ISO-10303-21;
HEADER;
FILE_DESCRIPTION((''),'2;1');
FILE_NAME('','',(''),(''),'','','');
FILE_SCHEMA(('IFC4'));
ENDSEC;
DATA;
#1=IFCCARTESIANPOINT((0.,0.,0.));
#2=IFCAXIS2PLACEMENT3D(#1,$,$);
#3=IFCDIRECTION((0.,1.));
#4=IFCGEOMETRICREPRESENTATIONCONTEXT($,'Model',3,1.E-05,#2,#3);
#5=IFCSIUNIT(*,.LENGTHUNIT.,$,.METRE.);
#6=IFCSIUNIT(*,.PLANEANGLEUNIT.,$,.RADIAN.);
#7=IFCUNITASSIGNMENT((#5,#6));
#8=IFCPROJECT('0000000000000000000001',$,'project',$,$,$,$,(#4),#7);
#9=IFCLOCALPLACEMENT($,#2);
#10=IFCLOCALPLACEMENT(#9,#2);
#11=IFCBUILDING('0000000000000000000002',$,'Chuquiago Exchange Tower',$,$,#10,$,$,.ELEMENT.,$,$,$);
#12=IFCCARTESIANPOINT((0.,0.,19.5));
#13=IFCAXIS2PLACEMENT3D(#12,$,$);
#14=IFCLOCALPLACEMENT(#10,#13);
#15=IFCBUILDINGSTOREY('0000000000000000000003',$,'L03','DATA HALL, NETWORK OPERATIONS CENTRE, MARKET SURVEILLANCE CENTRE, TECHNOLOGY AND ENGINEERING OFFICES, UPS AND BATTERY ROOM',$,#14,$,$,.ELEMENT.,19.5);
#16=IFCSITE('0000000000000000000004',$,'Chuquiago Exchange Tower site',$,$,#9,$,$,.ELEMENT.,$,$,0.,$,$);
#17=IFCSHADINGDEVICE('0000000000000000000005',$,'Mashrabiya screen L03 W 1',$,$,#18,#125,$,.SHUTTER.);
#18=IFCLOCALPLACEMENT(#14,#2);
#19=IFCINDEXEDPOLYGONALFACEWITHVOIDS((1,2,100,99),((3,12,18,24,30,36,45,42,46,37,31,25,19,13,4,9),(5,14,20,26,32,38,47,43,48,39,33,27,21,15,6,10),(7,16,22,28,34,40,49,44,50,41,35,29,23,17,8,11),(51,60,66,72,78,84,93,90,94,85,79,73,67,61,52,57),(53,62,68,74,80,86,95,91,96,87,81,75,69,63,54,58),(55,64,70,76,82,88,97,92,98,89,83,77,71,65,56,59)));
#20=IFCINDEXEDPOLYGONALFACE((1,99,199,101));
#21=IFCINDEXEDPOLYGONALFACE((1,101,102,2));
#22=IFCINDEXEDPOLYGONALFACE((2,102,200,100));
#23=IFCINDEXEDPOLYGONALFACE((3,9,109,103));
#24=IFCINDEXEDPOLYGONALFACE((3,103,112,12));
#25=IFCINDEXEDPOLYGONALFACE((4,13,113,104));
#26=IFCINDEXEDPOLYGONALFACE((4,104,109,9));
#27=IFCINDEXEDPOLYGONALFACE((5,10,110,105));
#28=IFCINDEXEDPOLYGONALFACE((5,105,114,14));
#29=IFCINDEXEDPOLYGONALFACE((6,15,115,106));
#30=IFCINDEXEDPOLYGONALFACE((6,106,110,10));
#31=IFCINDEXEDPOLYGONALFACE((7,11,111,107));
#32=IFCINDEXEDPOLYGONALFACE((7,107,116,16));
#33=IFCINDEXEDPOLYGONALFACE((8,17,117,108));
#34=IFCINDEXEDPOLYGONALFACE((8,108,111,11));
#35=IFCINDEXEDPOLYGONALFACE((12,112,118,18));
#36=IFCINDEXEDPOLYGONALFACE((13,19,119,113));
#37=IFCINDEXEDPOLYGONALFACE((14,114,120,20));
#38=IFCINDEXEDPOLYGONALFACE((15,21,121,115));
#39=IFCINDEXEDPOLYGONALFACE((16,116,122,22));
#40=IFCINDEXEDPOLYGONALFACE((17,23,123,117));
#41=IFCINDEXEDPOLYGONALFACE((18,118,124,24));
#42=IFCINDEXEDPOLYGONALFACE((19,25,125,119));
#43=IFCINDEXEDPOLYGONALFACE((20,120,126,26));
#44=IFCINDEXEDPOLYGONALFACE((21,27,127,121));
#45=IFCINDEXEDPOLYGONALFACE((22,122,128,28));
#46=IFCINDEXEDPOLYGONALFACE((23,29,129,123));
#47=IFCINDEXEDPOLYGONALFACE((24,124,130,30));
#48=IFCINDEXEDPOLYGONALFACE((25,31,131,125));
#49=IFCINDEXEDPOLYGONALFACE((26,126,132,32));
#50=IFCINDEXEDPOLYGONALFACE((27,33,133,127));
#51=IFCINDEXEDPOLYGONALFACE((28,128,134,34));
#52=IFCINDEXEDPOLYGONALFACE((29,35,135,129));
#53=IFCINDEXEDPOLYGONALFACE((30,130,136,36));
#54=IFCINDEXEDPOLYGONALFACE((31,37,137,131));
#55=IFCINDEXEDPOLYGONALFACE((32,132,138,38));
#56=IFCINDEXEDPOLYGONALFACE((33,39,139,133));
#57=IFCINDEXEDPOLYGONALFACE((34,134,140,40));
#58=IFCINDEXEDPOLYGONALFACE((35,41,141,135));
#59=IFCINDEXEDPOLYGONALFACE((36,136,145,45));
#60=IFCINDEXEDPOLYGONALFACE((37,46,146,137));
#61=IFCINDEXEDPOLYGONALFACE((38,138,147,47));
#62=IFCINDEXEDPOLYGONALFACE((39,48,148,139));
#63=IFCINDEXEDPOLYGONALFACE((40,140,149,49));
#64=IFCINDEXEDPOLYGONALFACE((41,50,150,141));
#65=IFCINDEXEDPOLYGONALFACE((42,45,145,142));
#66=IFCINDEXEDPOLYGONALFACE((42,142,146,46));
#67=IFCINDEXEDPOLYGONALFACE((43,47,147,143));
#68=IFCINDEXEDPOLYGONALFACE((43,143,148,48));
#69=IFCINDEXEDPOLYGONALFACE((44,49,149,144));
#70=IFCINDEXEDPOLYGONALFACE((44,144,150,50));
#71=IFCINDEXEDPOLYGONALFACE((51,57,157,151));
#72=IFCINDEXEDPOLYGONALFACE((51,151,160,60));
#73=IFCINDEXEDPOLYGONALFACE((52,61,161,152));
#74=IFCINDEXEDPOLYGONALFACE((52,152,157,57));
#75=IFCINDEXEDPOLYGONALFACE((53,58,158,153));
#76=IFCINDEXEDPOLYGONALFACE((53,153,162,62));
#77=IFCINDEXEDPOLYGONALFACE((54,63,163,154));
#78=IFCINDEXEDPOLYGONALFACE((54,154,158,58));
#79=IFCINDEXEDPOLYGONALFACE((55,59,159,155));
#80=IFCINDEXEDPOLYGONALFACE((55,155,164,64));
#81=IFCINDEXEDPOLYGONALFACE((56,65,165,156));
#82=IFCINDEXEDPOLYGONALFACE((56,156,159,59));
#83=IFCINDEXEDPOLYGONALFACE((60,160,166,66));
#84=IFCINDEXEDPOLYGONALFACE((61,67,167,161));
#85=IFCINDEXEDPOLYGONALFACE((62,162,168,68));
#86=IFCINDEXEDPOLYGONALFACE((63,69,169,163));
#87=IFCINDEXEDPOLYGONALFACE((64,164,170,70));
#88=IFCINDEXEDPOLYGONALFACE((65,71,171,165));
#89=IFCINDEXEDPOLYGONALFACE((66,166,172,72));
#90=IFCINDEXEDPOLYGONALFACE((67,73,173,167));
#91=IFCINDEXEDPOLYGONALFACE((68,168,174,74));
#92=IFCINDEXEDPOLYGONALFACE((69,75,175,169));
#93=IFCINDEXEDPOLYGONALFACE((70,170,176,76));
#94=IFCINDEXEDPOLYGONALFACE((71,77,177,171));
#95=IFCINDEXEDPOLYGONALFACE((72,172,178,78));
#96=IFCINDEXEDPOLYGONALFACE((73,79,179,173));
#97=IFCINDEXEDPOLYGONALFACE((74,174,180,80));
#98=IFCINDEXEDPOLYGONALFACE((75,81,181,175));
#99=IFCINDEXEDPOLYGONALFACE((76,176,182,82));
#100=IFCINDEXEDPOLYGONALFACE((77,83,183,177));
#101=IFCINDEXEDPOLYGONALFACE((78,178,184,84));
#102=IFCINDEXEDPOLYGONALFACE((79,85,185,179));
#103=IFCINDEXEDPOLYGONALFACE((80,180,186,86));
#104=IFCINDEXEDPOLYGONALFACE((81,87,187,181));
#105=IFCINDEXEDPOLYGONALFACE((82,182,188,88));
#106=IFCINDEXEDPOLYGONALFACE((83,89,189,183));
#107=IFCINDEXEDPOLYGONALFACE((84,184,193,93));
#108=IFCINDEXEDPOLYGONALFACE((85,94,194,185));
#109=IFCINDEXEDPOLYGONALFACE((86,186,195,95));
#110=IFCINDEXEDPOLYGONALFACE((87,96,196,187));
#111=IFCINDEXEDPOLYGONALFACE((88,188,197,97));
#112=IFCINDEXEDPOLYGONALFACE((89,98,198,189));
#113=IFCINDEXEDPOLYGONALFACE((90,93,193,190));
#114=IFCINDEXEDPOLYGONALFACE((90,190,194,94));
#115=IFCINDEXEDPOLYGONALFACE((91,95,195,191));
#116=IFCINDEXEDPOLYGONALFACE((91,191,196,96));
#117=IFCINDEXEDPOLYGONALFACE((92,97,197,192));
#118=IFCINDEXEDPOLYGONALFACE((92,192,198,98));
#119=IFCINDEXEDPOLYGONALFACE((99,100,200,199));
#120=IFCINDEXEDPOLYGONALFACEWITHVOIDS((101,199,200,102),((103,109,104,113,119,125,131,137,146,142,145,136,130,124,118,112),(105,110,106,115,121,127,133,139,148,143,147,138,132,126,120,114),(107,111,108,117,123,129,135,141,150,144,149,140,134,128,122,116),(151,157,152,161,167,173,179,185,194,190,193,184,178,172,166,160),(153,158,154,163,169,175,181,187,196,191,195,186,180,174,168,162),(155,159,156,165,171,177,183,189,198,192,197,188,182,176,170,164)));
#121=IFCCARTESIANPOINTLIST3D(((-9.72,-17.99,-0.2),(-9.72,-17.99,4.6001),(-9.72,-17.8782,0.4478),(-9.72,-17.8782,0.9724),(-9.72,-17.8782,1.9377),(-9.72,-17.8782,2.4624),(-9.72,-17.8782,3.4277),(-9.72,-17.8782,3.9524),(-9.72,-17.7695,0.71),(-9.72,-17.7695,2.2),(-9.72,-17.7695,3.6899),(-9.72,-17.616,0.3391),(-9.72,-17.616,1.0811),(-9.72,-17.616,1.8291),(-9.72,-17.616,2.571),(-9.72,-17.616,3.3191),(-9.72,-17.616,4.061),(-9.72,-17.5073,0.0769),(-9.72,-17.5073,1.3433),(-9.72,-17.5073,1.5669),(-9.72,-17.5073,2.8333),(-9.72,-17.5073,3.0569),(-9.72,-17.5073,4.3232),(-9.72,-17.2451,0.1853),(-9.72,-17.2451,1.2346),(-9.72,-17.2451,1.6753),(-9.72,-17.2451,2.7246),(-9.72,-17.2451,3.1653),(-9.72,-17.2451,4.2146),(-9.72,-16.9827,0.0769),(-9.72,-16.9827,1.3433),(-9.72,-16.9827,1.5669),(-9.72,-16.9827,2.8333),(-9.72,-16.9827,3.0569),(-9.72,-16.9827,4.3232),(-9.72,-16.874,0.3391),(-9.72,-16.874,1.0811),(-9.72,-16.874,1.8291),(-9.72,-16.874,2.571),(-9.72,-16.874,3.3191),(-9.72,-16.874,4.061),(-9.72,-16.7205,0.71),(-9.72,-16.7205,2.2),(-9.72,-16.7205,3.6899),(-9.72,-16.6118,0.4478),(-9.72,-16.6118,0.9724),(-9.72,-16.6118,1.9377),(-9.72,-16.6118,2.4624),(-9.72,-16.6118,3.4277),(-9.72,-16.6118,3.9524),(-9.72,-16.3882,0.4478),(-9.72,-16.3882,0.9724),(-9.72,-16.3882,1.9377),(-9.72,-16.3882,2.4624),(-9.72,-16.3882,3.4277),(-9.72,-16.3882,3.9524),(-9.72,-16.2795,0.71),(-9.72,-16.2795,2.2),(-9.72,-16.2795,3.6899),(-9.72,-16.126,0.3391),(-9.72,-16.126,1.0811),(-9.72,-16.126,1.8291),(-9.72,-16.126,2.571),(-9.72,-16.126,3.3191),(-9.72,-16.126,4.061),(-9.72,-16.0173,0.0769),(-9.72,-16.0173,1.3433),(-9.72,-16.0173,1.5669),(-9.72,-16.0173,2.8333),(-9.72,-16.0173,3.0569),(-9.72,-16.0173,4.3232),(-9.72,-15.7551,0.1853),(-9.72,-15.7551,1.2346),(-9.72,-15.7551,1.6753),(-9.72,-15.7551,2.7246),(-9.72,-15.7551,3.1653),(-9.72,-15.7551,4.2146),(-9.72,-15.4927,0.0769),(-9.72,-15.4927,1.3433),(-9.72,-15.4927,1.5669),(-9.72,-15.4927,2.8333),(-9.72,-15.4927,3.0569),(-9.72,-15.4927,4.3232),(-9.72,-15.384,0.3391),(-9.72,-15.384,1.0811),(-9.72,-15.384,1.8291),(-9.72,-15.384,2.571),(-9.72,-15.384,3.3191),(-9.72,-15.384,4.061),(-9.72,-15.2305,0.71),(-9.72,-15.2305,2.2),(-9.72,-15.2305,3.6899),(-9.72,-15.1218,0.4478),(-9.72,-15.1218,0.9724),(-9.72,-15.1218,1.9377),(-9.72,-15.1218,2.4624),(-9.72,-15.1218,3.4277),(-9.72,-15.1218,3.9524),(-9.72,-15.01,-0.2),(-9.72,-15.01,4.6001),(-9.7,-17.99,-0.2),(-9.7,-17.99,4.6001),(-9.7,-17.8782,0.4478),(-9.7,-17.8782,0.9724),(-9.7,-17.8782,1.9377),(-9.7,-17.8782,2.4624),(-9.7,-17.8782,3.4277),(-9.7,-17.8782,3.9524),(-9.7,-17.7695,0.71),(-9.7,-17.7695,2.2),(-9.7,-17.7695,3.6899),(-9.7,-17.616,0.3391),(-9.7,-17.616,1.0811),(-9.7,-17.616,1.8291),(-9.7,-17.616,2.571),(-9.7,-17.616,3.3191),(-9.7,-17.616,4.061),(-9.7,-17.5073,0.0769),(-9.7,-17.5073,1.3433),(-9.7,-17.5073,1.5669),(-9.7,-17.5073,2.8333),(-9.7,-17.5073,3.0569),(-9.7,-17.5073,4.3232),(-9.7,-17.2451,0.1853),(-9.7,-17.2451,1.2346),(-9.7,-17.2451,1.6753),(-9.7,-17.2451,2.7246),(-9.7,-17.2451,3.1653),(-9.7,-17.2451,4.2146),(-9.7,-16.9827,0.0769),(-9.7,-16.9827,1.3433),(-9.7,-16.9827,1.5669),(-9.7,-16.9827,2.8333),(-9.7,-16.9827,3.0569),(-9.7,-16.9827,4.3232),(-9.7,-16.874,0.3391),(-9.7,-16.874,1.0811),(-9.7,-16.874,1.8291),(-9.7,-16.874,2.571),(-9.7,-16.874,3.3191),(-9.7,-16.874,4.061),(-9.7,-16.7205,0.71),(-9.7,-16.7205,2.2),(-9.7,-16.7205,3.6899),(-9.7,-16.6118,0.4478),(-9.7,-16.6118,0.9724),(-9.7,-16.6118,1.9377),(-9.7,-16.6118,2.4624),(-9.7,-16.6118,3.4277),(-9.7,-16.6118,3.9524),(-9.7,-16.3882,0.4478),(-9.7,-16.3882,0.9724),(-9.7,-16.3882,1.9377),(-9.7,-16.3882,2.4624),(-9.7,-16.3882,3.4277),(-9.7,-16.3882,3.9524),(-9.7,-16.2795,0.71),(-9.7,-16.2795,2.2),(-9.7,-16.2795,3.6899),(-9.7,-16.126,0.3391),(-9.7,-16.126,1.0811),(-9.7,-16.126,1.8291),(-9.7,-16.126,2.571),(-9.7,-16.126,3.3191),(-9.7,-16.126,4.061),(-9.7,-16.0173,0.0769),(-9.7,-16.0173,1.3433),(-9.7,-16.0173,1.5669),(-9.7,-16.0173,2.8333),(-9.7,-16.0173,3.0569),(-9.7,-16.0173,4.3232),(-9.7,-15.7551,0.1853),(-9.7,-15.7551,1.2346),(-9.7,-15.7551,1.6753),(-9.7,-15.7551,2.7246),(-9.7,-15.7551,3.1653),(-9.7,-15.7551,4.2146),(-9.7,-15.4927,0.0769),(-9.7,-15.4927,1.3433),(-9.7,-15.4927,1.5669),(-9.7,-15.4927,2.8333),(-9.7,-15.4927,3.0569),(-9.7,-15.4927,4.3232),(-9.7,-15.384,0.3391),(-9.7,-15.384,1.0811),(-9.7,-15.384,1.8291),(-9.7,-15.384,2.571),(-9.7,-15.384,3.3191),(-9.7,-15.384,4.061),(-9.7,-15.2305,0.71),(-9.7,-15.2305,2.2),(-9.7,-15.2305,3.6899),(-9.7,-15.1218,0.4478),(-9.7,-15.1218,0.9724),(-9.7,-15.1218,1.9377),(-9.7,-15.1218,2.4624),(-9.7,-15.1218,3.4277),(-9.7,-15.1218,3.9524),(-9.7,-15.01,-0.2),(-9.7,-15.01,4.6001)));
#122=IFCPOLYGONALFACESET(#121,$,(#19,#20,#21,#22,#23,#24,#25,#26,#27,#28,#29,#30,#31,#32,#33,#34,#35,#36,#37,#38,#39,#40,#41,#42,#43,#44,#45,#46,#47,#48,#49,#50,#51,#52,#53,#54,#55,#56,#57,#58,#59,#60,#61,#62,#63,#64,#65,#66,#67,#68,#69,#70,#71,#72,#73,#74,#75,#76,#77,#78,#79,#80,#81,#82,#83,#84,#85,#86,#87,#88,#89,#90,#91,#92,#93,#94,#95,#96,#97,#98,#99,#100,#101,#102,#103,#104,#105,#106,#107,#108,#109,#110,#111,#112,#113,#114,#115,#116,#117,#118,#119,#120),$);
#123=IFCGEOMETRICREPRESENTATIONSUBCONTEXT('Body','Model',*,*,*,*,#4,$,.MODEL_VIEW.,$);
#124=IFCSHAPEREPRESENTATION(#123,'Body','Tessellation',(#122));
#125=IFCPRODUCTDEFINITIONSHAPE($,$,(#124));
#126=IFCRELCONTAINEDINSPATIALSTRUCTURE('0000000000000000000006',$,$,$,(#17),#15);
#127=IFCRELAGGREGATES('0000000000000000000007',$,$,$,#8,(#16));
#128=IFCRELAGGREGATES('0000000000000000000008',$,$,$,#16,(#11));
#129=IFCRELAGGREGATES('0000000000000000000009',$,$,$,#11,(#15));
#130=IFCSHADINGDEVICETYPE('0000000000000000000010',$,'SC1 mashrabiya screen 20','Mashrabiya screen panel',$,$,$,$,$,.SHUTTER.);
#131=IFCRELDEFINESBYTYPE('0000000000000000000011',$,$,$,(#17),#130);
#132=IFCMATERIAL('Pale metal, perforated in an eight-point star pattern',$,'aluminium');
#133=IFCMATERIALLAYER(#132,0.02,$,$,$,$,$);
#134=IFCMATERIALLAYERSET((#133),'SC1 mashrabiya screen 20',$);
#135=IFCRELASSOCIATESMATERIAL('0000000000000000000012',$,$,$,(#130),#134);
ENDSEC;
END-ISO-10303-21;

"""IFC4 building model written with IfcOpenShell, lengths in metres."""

from ifc_helpers import new_model, si_unit, direction, frame, origin, place, context, subcontext, project, spatial, polyline, outline, extrude, material, layer, layer_set, type_object, element, save


model = new_model("IFC4")

# Units and contexts
model_context = context("Model", 3, precision=1e-05, world=origin(), true_north=direction((0.0, 1.0)))
body_context = subcontext(model_context, "Body", "Model", "MODEL_VIEW")
ifc_project = project(units=[si_unit("LENGTHUNIT", "METRE"), si_unit("PLANEANGLEUNIT", "RADIAN")], contexts=[model_context])

# Site, building, storey
site_placement = place(None, origin())
site = spatial("IfcSite", under=ifc_project, at=site_placement, Name="Chuquiago Exchange Tower site", CompositionType="ELEMENT", RefElevation=0.0)
building_placement = place(site_placement, origin())
building = spatial("IfcBuilding", under=site, at=building_placement, Name="Chuquiago Exchange Tower", CompositionType="ELEMENT")
storey_placement = place(building_placement, frame((0.0, 0.0, 19.5)))
storey = spatial("IfcBuildingStorey", under=building, at=storey_placement, Name="L03", Description="DATA HALL, NETWORK OPERATIONS CENTRE, MARKET SURVEILLANCE CENTRE, TECHNOLOGY AND ENGINEERING OFFICES, UPS AND BATTERY ROOM", CompositionType="ELEMENT", Elevation=19.5)

# Shading device
ifc_material_1 = material(Name="Pale metal, perforated in an eight-point star pattern", Category="aluminium")
ifc_layer_1 = layer(ifc_material_1, 0.02)
ifc_layer_set_1 = layer_set([ifc_layer_1], Name="SC1 mashrabiya screen 20")
shading_device_type = type_object("IfcShadingDeviceType", Name="SC1 mashrabiya screen 20", Description="Mashrabiya screen panel", PredefinedType="SHUTTER", material=ifc_layer_set_1)
shading_device_placement = place(storey_placement, frame((-9.7, -15.01, -0.2), z_axis=(0.0, 0.0, 1.0), x_axis=(0.0, -1.0, 0.0)))
element("IfcShadingDevice", 1, at=shading_device_placement, inside=storey, type_object=shading_device_type, Name="Mashrabiya screen L03 W 1", PredefinedType="SHUTTER", context=body_context, shape_type="SweptSolid", body=[
    extrude(outline(polyline([(0.0, 0.0), (2.98, 0.0), (2.98, 4.8), (0.0, 4.8), (0.0, 0.0)]), holes=[polyline([(1.2695, 0.9099), (1.3782, 1.1724), (1.116, 1.281), (1.0073, 1.5432), (0.7451, 1.4346), (0.4827, 1.5432), (0.374, 1.281), (0.1118, 1.1724), (0.2205, 0.9099), (0.1118, 0.6477), (0.374, 0.5391), (0.4827, 0.2769), (0.7451, 0.3853), (1.0073, 0.2769), (1.116, 0.5391), (1.3782, 0.6477), (1.2695, 0.9099)]), polyline([(2.7595, 0.9099), (2.8682, 1.1724), (2.606, 1.281), (2.4973, 1.5432), (2.2351, 1.4346), (1.9727, 1.5432), (1.864, 1.281), (1.6018, 1.1724), (1.7104, 0.9099), (1.6018, 0.6477), (1.864, 0.5391), (1.9727, 0.2769), (2.2351, 0.3853), (2.4973, 0.2769), (2.606, 0.5391), (2.8682, 0.6477), (2.7595, 0.9099)]), polyline([(1.2695, 2.3999), (1.3782, 2.6624), (1.116, 2.771), (1.0073, 3.0332), (0.7451, 2.9246), (0.4827, 3.0332), (0.374, 2.771), (0.1118, 2.6624), (0.2205, 2.3999), (0.1118, 2.1377), (0.374, 2.0291), (0.4827, 1.7668), (0.7451, 1.8752), (1.0073, 1.7668), (1.116, 2.0291), (1.3782, 2.1377), (1.2695, 2.3999)]), polyline([(2.7595, 2.3999), (2.8682, 2.6624), (2.606, 2.771), (2.4973, 3.0332), (2.2351, 2.9246), (1.9727, 3.0332), (1.864, 2.771), (1.6018, 2.6624), (1.7104, 2.3999), (1.6018, 2.1377), (1.864, 2.0291), (1.9727, 1.7668), (2.2351, 1.8752), (2.4973, 1.7668), (2.606, 2.0291), (2.8682, 2.1377), (2.7595, 2.3999)]), polyline([(1.2695, 3.8899), (1.3782, 4.1523), (1.116, 4.261), (1.0073, 4.5232), (0.7451, 4.4146), (0.4827, 4.5232), (0.374, 4.261), (0.1118, 4.1523), (0.2205, 3.8899), (0.1118, 3.6277), (0.374, 3.519), (0.4827, 3.2568), (0.7451, 3.3652), (1.0073, 3.2568), (1.116, 3.519), (1.3782, 3.6277), (1.2695, 3.8899)]), polyline([(2.7595, 3.8899), (2.8682, 4.1523), (2.606, 4.261), (2.4973, 4.5232), (2.2351, 4.4146), (1.9727, 4.5232), (1.864, 4.261), (1.6018, 4.1523), (1.7104, 3.8899), (1.6018, 3.6277), (1.864, 3.519), (1.9727, 3.2568), (2.2351, 3.3652), (2.4973, 3.2568), (2.606, 3.519), (2.8682, 3.6277), (2.7595, 3.8899)])]), frame((0.0, 0.0, 0.0), z_axis=(0.0, -1.0, 0.0), x_axis=(1.0, 0.0, 0.0)), (0.0, 0.0, 1.0), 0.02),
])

save(model, "model.ifc")
